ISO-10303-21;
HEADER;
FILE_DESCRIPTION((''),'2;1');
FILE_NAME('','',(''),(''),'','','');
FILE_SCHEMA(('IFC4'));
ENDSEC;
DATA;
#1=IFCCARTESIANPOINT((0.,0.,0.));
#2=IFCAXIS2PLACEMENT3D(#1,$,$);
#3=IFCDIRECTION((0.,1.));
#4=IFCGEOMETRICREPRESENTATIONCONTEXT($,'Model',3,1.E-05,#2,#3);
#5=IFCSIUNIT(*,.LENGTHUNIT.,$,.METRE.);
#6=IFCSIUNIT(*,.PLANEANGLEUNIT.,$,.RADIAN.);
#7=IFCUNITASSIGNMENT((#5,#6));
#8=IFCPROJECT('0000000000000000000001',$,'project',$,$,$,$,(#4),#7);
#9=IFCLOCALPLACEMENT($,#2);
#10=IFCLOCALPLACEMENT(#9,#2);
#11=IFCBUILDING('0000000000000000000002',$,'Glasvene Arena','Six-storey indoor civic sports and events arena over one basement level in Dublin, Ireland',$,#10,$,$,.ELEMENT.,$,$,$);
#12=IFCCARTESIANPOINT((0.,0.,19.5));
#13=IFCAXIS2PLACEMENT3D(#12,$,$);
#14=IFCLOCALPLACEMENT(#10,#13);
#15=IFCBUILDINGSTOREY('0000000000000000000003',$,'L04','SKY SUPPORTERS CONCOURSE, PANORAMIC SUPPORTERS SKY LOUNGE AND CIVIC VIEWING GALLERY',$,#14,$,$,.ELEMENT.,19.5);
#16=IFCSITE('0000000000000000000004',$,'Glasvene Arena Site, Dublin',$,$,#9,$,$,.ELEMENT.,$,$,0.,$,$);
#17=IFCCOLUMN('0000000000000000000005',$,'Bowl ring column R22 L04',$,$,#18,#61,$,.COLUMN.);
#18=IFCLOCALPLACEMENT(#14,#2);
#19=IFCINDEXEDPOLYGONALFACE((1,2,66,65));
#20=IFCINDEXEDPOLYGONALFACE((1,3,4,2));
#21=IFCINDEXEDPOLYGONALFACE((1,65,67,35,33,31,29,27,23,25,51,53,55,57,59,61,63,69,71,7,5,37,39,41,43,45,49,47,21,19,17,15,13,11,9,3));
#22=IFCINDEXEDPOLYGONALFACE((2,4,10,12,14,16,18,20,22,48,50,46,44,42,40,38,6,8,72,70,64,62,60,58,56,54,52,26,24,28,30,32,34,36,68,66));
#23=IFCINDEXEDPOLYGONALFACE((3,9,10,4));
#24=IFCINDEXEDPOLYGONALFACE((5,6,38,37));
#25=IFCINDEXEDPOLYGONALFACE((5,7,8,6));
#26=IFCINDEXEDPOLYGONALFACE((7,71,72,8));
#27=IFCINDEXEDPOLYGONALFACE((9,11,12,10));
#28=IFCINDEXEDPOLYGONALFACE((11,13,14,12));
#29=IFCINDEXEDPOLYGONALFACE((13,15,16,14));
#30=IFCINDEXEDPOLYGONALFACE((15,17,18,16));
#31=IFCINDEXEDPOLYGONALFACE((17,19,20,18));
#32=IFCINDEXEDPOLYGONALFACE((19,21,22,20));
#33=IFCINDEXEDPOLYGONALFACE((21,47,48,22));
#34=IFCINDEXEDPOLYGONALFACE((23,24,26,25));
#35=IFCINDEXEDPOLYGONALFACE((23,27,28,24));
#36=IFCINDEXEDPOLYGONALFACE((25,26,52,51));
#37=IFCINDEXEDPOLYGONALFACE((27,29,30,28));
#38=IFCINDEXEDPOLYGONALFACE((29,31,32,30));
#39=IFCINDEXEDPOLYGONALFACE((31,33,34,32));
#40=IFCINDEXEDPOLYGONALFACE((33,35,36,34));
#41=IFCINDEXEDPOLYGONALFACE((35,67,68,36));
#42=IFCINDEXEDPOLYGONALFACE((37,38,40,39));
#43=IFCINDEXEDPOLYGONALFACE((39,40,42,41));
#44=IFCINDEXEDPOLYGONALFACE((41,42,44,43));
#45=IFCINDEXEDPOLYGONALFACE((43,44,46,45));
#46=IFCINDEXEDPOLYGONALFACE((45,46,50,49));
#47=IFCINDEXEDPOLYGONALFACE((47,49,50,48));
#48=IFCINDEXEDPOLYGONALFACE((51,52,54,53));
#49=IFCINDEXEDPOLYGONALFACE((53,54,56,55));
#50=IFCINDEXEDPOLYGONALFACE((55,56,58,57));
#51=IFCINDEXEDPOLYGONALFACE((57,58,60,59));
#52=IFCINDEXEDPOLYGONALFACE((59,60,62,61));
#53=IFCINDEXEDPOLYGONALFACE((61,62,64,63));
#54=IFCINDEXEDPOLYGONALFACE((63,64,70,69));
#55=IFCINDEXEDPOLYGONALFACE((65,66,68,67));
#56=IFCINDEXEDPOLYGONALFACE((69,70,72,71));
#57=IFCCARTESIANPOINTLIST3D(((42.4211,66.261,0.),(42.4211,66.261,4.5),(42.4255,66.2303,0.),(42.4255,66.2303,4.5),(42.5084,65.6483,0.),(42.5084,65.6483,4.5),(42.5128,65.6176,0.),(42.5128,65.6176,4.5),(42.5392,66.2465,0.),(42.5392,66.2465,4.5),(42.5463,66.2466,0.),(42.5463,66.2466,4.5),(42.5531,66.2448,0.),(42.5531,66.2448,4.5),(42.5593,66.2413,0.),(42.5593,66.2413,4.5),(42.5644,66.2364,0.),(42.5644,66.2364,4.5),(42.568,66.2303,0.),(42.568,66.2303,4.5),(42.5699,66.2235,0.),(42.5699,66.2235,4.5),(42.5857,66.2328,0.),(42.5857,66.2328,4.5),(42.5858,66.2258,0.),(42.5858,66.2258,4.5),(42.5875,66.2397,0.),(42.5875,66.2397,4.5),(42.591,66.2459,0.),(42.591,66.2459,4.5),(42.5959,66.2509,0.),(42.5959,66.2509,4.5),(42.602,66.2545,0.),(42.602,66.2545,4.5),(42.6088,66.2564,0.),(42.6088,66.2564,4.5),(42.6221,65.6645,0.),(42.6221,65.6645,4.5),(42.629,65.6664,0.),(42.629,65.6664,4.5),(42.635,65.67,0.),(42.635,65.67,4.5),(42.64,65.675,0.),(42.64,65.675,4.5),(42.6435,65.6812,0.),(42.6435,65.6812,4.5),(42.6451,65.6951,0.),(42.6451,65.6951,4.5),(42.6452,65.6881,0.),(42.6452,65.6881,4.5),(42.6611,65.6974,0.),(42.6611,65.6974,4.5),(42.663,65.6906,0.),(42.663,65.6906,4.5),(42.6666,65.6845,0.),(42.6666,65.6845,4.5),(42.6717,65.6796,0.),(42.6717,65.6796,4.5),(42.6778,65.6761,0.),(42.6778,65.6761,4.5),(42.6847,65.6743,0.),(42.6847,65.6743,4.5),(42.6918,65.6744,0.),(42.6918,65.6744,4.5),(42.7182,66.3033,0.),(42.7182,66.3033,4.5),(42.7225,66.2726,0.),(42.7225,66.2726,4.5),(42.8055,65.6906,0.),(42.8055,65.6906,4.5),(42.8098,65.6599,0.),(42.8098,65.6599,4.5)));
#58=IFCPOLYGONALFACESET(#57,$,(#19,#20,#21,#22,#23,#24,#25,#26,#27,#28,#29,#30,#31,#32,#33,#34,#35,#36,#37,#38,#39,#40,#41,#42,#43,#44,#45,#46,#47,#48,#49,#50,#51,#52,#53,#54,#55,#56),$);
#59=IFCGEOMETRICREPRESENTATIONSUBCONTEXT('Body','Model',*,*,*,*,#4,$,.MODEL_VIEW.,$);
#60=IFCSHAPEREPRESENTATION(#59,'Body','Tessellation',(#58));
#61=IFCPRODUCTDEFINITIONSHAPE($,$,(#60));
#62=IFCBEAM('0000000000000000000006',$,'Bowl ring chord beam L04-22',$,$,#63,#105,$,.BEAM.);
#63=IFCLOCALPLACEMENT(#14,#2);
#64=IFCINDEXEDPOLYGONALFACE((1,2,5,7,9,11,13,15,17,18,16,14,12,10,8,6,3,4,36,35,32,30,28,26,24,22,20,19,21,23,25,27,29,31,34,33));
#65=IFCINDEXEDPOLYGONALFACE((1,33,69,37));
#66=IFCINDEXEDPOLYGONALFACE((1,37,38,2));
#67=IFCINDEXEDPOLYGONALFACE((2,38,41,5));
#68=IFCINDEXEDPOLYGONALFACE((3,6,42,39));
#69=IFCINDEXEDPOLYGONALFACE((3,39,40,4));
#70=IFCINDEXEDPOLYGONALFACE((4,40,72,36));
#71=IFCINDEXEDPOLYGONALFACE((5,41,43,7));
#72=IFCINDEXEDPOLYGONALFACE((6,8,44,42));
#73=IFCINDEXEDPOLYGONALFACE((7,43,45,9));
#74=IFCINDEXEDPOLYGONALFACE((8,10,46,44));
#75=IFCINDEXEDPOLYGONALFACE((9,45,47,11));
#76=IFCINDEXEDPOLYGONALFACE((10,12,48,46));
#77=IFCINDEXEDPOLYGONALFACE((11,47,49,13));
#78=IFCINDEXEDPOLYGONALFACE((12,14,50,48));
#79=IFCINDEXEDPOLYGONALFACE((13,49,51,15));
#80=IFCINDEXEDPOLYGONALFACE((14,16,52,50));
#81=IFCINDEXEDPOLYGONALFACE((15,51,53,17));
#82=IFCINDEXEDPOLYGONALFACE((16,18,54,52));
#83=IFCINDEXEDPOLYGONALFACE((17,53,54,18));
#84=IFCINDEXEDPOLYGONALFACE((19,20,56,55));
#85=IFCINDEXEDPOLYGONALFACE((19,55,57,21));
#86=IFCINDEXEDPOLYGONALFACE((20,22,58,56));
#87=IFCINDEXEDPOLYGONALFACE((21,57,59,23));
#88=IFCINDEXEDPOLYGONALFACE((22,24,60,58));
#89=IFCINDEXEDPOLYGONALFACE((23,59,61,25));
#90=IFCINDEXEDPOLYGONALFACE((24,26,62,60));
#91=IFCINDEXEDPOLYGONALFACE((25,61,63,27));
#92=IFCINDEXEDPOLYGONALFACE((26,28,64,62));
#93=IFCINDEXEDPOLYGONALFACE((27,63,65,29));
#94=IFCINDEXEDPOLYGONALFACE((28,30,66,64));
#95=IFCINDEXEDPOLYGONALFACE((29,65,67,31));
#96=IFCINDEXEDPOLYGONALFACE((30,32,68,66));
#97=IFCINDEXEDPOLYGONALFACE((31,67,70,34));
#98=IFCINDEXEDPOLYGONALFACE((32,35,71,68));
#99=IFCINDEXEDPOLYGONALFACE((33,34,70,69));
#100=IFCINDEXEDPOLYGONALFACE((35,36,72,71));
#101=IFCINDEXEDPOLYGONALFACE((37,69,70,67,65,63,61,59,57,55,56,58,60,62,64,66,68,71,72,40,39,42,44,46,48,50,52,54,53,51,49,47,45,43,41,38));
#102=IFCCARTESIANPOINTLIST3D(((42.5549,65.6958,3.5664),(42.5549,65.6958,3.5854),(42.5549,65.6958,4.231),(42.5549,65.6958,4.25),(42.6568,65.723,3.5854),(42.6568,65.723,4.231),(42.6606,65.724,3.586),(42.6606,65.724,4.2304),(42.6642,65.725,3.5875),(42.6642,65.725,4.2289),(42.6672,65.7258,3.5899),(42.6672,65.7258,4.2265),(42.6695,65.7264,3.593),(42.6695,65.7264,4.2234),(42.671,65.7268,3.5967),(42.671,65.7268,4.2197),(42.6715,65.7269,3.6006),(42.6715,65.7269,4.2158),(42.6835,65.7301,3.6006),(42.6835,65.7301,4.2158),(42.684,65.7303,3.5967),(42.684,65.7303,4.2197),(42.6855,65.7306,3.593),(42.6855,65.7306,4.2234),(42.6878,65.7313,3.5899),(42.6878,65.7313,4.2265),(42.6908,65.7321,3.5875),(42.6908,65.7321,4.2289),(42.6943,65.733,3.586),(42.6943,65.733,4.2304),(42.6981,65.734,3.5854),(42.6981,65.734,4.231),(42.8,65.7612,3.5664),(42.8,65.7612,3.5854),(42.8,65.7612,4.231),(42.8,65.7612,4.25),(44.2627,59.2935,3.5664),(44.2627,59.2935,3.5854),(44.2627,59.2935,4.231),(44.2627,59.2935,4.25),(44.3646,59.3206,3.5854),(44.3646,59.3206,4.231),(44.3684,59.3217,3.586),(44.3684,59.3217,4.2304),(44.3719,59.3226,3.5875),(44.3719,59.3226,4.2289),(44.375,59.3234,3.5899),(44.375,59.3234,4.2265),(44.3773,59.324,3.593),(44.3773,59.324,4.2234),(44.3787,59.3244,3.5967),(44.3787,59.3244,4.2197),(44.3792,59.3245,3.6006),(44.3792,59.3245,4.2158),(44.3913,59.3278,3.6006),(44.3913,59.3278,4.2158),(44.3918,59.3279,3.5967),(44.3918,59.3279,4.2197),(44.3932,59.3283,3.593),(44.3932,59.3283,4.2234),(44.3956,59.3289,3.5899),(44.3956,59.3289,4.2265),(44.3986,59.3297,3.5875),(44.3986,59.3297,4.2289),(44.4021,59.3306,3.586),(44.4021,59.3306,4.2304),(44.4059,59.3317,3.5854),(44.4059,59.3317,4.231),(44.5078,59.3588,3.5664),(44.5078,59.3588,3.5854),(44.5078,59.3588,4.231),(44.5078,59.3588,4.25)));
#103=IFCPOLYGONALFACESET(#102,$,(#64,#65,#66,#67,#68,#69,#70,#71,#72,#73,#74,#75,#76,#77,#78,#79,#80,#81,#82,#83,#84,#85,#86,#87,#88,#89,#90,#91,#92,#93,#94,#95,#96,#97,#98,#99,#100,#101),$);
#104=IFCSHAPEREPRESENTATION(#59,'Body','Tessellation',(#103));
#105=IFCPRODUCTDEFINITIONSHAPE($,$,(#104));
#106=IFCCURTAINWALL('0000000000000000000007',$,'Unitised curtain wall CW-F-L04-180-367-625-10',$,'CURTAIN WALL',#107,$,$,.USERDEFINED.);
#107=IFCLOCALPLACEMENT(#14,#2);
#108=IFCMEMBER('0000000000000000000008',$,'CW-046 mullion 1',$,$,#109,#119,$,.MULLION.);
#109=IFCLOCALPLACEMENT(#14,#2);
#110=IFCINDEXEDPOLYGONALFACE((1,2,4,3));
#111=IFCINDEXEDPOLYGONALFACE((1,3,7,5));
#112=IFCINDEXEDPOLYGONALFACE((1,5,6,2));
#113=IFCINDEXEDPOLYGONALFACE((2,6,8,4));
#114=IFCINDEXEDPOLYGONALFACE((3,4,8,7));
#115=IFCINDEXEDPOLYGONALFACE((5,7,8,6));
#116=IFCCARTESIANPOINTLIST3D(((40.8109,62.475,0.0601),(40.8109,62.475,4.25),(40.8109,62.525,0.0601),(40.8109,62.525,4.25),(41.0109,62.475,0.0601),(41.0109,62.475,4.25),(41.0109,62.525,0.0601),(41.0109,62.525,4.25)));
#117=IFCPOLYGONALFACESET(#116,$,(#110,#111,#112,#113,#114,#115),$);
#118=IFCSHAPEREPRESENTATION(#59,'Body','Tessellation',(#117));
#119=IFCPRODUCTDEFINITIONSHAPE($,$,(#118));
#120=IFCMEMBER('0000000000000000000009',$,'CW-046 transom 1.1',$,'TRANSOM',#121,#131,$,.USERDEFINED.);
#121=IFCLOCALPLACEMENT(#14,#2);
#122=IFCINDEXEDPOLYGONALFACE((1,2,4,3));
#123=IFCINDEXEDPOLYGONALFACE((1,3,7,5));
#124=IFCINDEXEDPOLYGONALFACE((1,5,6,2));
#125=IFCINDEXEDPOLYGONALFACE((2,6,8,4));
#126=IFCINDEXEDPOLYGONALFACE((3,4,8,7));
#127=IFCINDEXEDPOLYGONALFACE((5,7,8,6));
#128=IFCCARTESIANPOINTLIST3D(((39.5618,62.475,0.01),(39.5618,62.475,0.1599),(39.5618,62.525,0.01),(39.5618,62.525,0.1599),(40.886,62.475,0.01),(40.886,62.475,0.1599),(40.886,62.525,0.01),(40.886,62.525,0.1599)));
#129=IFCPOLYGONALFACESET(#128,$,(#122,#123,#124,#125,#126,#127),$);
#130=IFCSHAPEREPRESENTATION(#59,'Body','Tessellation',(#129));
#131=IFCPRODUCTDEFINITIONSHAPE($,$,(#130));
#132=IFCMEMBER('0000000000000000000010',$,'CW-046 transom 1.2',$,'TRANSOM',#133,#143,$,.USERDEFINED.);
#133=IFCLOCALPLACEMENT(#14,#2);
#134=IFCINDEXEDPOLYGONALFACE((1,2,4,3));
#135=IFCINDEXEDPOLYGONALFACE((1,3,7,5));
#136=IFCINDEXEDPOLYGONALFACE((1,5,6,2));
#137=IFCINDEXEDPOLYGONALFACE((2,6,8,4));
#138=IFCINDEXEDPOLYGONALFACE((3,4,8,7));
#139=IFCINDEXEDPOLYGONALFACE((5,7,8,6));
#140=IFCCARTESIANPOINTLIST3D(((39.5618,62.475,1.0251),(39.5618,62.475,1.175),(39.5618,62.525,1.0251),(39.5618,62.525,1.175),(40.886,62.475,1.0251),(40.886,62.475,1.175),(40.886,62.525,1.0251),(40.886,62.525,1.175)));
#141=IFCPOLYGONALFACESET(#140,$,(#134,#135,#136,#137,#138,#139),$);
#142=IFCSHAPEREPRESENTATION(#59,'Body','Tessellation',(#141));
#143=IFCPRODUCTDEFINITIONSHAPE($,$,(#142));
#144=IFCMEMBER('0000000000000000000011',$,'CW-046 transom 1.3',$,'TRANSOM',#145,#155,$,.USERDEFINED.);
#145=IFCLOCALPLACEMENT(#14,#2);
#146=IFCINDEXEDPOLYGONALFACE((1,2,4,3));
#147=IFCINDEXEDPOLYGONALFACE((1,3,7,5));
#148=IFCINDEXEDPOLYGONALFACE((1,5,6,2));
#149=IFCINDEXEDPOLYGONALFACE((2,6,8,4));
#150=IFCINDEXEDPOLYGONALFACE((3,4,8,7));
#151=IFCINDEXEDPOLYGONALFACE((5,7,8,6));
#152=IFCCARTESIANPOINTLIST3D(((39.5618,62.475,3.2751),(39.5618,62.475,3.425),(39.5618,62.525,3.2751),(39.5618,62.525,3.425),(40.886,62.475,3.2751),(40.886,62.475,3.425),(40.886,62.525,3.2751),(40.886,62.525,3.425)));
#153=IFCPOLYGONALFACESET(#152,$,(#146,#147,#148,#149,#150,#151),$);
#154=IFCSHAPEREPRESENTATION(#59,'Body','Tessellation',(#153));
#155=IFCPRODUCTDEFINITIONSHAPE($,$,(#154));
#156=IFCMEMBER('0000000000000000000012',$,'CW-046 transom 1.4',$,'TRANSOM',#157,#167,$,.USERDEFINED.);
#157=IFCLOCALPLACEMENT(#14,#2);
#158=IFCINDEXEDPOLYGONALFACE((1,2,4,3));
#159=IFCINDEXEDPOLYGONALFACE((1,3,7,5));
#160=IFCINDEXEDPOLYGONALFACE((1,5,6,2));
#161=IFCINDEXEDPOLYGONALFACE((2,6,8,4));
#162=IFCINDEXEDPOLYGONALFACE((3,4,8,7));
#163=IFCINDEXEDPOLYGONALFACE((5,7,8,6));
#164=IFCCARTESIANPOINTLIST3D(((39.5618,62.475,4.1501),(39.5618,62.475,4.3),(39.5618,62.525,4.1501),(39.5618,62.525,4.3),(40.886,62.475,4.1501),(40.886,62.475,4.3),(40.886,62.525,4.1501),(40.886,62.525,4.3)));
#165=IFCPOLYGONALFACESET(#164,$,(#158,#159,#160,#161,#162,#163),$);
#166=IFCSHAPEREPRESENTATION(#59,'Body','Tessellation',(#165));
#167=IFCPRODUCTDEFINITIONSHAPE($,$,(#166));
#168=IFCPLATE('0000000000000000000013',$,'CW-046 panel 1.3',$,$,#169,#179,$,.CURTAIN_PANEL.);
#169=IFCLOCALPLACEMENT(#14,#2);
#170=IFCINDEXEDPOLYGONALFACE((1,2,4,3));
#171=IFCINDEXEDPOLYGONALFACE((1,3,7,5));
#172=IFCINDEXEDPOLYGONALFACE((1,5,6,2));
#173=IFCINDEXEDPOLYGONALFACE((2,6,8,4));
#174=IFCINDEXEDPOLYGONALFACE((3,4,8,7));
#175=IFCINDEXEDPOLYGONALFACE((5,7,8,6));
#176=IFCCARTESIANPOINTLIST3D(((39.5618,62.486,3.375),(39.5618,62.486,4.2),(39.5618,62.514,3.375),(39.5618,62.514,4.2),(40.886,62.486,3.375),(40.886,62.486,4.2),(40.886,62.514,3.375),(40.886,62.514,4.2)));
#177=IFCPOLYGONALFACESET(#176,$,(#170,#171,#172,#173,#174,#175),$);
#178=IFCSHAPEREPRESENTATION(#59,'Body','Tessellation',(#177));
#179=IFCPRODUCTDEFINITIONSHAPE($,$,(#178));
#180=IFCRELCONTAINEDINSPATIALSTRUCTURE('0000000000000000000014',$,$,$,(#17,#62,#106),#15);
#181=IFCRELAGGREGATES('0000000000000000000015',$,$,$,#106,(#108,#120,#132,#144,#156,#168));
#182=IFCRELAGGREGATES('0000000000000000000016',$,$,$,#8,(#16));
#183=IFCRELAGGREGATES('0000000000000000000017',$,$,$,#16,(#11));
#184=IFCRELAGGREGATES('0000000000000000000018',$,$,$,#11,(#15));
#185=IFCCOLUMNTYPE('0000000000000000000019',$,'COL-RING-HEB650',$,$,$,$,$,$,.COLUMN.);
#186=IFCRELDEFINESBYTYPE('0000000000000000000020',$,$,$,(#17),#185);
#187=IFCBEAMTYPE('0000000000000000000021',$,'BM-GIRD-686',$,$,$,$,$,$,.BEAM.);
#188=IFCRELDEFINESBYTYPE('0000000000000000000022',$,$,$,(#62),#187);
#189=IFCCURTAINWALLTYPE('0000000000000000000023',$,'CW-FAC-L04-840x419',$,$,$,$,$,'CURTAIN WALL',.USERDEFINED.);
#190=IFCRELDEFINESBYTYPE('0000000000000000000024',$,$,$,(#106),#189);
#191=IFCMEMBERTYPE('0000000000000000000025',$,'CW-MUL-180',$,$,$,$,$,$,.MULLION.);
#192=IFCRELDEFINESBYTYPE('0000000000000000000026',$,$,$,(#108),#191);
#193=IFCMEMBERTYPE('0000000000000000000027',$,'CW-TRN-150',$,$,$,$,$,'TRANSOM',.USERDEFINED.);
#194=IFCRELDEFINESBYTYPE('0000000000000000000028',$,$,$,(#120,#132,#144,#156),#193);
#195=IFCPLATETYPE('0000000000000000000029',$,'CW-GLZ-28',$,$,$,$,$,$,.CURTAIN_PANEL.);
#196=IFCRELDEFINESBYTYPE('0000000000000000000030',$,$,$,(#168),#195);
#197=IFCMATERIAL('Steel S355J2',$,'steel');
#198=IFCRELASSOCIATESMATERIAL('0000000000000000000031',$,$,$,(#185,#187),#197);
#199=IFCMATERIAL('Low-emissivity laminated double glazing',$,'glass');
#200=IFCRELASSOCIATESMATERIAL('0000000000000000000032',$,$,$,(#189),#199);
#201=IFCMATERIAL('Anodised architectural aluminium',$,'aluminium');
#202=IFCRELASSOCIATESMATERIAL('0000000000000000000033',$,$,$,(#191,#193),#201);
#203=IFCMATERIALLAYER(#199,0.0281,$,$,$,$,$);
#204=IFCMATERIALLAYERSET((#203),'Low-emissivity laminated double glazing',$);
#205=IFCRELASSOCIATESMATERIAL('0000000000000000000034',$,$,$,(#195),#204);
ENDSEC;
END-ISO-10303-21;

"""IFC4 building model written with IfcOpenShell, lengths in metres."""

from ifc_helpers import new_model, si_unit, direction, frame, origin, origin_2d, place, context, subcontext, project, spatial, rectangle, i_section, extrude, material, layer, layer_set, material_profile, profile_set, type_object, element, aggregate, save


model = new_model("IFC4")

# Units and contexts
model_context = context("Model", 3, precision=1e-05, world=origin(), true_north=direction((0.0, 1.0)))
body_context = subcontext(model_context, "Body", "Model", "MODEL_VIEW")
ifc_project = project(units=[si_unit("LENGTHUNIT", "METRE"), si_unit("PLANEANGLEUNIT", "RADIAN")], contexts=[model_context])

# Site, building, storey
site_placement = place(None, origin())
site = spatial("IfcSite", under=ifc_project, at=site_placement, Name="Glasvene Arena Site, Dublin", CompositionType="ELEMENT", RefElevation=0.0)
building_placement = place(site_placement, origin())
building = spatial("IfcBuilding", under=site, at=building_placement, Name="Glasvene Arena", Description="Six-storey indoor civic sports and events arena over one basement level in Dublin, Ireland", CompositionType="ELEMENT")
storey_placement = place(building_placement, frame((0.0, 0.0, 19.5)))
storey = spatial("IfcBuildingStorey", under=building, at=storey_placement, Name="L04", Description="SKY SUPPORTERS CONCOURSE, PANORAMIC SUPPORTERS SKY LOUNGE AND CIVIC VIEWING GALLERY", CompositionType="ELEMENT", Elevation=19.5)

# Column
ifc_material_1 = material(Name="Steel S355J2", Category="steel")
ifc_material_profile_1 = material_profile(ifc_material_1, i_section(OverallWidth=0.3, OverallDepth=0.6499, WebThickness=0.0161, FlangeThickness=0.031, FilletRadius=0.0271, at=origin_2d()), Name="HEB 650")
ifc_profile_set_1 = profile_set([ifc_material_profile_1], Name="Steel S355J2")
column_type = type_object("IfcColumnType", Name="COL-RING-HEB650", PredefinedType="COLUMN", material=ifc_profile_set_1)
column_placement = place(storey_placement, frame((42.6155, 65.9604, 0.0), z_axis=(0.0, 0.0, 1.0), x_axis=(-0.989999, -0.141074, 0.0)))
element("IfcColumn", 1, at=column_placement, inside=storey, type_object=column_type, Name="Bowl ring column R22 L04", PredefinedType="COLUMN", context=body_context, shape_type="SweptSolid", body=[
    extrude(i_section(OverallWidth=0.3, OverallDepth=0.6499, WebThickness=0.0161, FlangeThickness=0.031, FilletRadius=0.0271, at=origin_2d()), origin(), (0.0, 0.0, 1.0), 4.5),
])

# Beam
ifc_material_profile_2 = material_profile(ifc_material_1, i_section(OverallWidth=0.2537, OverallDepth=0.6836, WebThickness=0.0125, FlangeThickness=0.019, FilletRadius=0.0151, at=origin_2d()), Name="UKB 686x254x140")
ifc_profile_set_2 = profile_set([ifc_material_profile_2], Name="Steel S355J2")
beam_type = type_object("IfcBeamType", Name="BM-GIRD-686", PredefinedType="BEAM", material=ifc_profile_set_2)
beam_placement = place(storey_placement, frame((42.6775, 65.7285, 3.9082), z_axis=(0.257729, -0.966217, 0.0), x_axis=(0.966217, 0.257729, 0.0)))
element("IfcBeam", 2, at=beam_placement, inside=storey, type_object=beam_type, Name="Bowl ring chord beam L04-22", PredefinedType="BEAM", context=body_context, shape_type="SweptSolid", body=[
    extrude(i_section(OverallWidth=0.2537, OverallDepth=0.6836, WebThickness=0.0125, FlangeThickness=0.019, FilletRadius=0.0151, at=origin_2d()), origin(), (0.0, 0.0, 1.0), 6.6262),
])

# Curtain wall, members, plate
ifc_material_2 = material(Name="Low-emissivity laminated double glazing", Category="glass")
curtain_wall_type = type_object("IfcCurtainWallType", Name="CW-FAC-L04-840x419", ElementType="CURTAIN WALL", PredefinedType="USERDEFINED", material=ifc_material_2)
curtain_wall_placement = place(storey_placement, frame((40.936, 62.5, 0.0)))
curtain_wall = element("IfcCurtainWall", 3, at=curtain_wall_placement, inside=storey, type_object=curtain_wall_type, Name="Unitised curtain wall CW-F-L04-180-367-625-10", ObjectType="CURTAIN WALL", PredefinedType="USERDEFINED")
ifc_material_3 = material(Name="Anodised architectural aluminium", Category="aluminium")
ifc_material_profile_3 = material_profile(ifc_material_3, rectangle(XDim=0.05, YDim=0.2, at=origin_2d()), Name="ALU MULLION 50x200")
ifc_profile_set_3 = profile_set([ifc_material_profile_3], Name="Anodised architectural aluminium")
member_type_1 = type_object("IfcMemberType", Name="CW-MUL-180", PredefinedType="MULLION", material=ifc_profile_set_3)
member_1_placement = place(storey_placement, frame((40.9109, 62.5, 0.0601), z_axis=(0.0, 0.0, 1.0), x_axis=(0.0, -1.0, 0.0)))
member_1 = element("IfcMember", 4, at=member_1_placement, type_object=member_type_1, Name="CW-046 mullion 1", PredefinedType="MULLION", context=body_context, shape_type="SweptSolid", body=[
    extrude(rectangle(XDim=0.05, YDim=0.2, at=origin_2d()), origin(), (0.0, 0.0, 1.0), 4.1899),
])
ifc_material_profile_4 = material_profile(ifc_material_3, rectangle(XDim=0.05, YDim=0.1499, at=origin_2d()), Name="ALU TRANSOM 50x150")
ifc_profile_set_4 = profile_set([ifc_material_profile_4], Name="Anodised architectural aluminium")
member_type_2 = type_object("IfcMemberType", Name="CW-TRN-150", ElementType="TRANSOM", PredefinedType="USERDEFINED", material=ifc_profile_set_4)
member_2_placement = place(storey_placement, frame((40.886, 62.5, 0.085), z_axis=(-1.0, 0.0, 0.0), x_axis=(0.0, -1.0, 0.0)))
member_2 = element("IfcMember", 5, at=member_2_placement, type_object=member_type_2, Name="CW-046 transom 1.1", ObjectType="TRANSOM", PredefinedType="USERDEFINED", context=body_context, shape_type="SweptSolid", body=[
    extrude(rectangle(XDim=0.05, YDim=0.1499, at=origin_2d()), origin(), (0.0, 0.0, 1.0), 1.3242),
])
member_3_placement = place(storey_placement, frame((40.886, 62.5, 1.1001), z_axis=(-1.0, 0.0, 0.0), x_axis=(0.0, -1.0, 0.0)))
member_3 = element("IfcMember", 6, at=member_3_placement, type_object=member_type_2, Name="CW-046 transom 1.2", ObjectType="TRANSOM", PredefinedType="USERDEFINED", context=body_context, shape_type="SweptSolid", body=[
    extrude(rectangle(XDim=0.05, YDim=0.1499, at=origin_2d()), origin(), (0.0, 0.0, 1.0), 1.3242),
])
member_4_placement = place(storey_placement, frame((40.886, 62.5, 3.3501), z_axis=(-1.0, 0.0, 0.0), x_axis=(0.0, -1.0, 0.0)))
member_4 = element("IfcMember", 7, at=member_4_placement, type_object=member_type_2, Name="CW-046 transom 1.3", ObjectType="TRANSOM", PredefinedType="USERDEFINED", context=body_context, shape_type="SweptSolid", body=[
    extrude(rectangle(XDim=0.05, YDim=0.1499, at=origin_2d()), origin(), (0.0, 0.0, 1.0), 1.3242),
])
member_5_placement = place(storey_placement, frame((40.886, 62.5, 4.2251), z_axis=(-1.0, 0.0, 0.0), x_axis=(0.0, -1.0, 0.0)))
member_5 = element("IfcMember", 8, at=member_5_placement, type_object=member_type_2, Name="CW-046 transom 1.4", ObjectType="TRANSOM", PredefinedType="USERDEFINED", context=body_context, shape_type="SweptSolid", body=[
    extrude(rectangle(XDim=0.05, YDim=0.1499, at=origin_2d()), origin(), (0.0, 0.0, 1.0), 1.3242),
])
ifc_layer_1 = layer(ifc_material_2, 0.0281)
ifc_layer_set_1 = layer_set([ifc_layer_1], Name="Low-emissivity laminated double glazing")
plate_type = type_object("IfcPlateType", Name="CW-GLZ-28", PredefinedType="CURTAIN_PANEL", material=ifc_layer_set_1)
plate_placement = place(storey_placement, frame((40.2239, 62.5, 3.375), z_axis=(0.0, 0.0, 1.0), x_axis=(-1.0, 0.0, 0.0)))
plate = element("IfcPlate", 9, at=plate_placement, type_object=plate_type, Name="CW-046 panel 1.3", PredefinedType="CURTAIN_PANEL", context=body_context, shape_type="SweptSolid", body=[
    extrude(rectangle(XDim=1.3242, YDim=0.0281, at=origin_2d()), origin(), (0.0, 0.0, 1.0), 0.825),
])
aggregate(curtain_wall, [member_1, member_2, member_3, member_4, member_5, plate])

save(model, "model.ifc")
